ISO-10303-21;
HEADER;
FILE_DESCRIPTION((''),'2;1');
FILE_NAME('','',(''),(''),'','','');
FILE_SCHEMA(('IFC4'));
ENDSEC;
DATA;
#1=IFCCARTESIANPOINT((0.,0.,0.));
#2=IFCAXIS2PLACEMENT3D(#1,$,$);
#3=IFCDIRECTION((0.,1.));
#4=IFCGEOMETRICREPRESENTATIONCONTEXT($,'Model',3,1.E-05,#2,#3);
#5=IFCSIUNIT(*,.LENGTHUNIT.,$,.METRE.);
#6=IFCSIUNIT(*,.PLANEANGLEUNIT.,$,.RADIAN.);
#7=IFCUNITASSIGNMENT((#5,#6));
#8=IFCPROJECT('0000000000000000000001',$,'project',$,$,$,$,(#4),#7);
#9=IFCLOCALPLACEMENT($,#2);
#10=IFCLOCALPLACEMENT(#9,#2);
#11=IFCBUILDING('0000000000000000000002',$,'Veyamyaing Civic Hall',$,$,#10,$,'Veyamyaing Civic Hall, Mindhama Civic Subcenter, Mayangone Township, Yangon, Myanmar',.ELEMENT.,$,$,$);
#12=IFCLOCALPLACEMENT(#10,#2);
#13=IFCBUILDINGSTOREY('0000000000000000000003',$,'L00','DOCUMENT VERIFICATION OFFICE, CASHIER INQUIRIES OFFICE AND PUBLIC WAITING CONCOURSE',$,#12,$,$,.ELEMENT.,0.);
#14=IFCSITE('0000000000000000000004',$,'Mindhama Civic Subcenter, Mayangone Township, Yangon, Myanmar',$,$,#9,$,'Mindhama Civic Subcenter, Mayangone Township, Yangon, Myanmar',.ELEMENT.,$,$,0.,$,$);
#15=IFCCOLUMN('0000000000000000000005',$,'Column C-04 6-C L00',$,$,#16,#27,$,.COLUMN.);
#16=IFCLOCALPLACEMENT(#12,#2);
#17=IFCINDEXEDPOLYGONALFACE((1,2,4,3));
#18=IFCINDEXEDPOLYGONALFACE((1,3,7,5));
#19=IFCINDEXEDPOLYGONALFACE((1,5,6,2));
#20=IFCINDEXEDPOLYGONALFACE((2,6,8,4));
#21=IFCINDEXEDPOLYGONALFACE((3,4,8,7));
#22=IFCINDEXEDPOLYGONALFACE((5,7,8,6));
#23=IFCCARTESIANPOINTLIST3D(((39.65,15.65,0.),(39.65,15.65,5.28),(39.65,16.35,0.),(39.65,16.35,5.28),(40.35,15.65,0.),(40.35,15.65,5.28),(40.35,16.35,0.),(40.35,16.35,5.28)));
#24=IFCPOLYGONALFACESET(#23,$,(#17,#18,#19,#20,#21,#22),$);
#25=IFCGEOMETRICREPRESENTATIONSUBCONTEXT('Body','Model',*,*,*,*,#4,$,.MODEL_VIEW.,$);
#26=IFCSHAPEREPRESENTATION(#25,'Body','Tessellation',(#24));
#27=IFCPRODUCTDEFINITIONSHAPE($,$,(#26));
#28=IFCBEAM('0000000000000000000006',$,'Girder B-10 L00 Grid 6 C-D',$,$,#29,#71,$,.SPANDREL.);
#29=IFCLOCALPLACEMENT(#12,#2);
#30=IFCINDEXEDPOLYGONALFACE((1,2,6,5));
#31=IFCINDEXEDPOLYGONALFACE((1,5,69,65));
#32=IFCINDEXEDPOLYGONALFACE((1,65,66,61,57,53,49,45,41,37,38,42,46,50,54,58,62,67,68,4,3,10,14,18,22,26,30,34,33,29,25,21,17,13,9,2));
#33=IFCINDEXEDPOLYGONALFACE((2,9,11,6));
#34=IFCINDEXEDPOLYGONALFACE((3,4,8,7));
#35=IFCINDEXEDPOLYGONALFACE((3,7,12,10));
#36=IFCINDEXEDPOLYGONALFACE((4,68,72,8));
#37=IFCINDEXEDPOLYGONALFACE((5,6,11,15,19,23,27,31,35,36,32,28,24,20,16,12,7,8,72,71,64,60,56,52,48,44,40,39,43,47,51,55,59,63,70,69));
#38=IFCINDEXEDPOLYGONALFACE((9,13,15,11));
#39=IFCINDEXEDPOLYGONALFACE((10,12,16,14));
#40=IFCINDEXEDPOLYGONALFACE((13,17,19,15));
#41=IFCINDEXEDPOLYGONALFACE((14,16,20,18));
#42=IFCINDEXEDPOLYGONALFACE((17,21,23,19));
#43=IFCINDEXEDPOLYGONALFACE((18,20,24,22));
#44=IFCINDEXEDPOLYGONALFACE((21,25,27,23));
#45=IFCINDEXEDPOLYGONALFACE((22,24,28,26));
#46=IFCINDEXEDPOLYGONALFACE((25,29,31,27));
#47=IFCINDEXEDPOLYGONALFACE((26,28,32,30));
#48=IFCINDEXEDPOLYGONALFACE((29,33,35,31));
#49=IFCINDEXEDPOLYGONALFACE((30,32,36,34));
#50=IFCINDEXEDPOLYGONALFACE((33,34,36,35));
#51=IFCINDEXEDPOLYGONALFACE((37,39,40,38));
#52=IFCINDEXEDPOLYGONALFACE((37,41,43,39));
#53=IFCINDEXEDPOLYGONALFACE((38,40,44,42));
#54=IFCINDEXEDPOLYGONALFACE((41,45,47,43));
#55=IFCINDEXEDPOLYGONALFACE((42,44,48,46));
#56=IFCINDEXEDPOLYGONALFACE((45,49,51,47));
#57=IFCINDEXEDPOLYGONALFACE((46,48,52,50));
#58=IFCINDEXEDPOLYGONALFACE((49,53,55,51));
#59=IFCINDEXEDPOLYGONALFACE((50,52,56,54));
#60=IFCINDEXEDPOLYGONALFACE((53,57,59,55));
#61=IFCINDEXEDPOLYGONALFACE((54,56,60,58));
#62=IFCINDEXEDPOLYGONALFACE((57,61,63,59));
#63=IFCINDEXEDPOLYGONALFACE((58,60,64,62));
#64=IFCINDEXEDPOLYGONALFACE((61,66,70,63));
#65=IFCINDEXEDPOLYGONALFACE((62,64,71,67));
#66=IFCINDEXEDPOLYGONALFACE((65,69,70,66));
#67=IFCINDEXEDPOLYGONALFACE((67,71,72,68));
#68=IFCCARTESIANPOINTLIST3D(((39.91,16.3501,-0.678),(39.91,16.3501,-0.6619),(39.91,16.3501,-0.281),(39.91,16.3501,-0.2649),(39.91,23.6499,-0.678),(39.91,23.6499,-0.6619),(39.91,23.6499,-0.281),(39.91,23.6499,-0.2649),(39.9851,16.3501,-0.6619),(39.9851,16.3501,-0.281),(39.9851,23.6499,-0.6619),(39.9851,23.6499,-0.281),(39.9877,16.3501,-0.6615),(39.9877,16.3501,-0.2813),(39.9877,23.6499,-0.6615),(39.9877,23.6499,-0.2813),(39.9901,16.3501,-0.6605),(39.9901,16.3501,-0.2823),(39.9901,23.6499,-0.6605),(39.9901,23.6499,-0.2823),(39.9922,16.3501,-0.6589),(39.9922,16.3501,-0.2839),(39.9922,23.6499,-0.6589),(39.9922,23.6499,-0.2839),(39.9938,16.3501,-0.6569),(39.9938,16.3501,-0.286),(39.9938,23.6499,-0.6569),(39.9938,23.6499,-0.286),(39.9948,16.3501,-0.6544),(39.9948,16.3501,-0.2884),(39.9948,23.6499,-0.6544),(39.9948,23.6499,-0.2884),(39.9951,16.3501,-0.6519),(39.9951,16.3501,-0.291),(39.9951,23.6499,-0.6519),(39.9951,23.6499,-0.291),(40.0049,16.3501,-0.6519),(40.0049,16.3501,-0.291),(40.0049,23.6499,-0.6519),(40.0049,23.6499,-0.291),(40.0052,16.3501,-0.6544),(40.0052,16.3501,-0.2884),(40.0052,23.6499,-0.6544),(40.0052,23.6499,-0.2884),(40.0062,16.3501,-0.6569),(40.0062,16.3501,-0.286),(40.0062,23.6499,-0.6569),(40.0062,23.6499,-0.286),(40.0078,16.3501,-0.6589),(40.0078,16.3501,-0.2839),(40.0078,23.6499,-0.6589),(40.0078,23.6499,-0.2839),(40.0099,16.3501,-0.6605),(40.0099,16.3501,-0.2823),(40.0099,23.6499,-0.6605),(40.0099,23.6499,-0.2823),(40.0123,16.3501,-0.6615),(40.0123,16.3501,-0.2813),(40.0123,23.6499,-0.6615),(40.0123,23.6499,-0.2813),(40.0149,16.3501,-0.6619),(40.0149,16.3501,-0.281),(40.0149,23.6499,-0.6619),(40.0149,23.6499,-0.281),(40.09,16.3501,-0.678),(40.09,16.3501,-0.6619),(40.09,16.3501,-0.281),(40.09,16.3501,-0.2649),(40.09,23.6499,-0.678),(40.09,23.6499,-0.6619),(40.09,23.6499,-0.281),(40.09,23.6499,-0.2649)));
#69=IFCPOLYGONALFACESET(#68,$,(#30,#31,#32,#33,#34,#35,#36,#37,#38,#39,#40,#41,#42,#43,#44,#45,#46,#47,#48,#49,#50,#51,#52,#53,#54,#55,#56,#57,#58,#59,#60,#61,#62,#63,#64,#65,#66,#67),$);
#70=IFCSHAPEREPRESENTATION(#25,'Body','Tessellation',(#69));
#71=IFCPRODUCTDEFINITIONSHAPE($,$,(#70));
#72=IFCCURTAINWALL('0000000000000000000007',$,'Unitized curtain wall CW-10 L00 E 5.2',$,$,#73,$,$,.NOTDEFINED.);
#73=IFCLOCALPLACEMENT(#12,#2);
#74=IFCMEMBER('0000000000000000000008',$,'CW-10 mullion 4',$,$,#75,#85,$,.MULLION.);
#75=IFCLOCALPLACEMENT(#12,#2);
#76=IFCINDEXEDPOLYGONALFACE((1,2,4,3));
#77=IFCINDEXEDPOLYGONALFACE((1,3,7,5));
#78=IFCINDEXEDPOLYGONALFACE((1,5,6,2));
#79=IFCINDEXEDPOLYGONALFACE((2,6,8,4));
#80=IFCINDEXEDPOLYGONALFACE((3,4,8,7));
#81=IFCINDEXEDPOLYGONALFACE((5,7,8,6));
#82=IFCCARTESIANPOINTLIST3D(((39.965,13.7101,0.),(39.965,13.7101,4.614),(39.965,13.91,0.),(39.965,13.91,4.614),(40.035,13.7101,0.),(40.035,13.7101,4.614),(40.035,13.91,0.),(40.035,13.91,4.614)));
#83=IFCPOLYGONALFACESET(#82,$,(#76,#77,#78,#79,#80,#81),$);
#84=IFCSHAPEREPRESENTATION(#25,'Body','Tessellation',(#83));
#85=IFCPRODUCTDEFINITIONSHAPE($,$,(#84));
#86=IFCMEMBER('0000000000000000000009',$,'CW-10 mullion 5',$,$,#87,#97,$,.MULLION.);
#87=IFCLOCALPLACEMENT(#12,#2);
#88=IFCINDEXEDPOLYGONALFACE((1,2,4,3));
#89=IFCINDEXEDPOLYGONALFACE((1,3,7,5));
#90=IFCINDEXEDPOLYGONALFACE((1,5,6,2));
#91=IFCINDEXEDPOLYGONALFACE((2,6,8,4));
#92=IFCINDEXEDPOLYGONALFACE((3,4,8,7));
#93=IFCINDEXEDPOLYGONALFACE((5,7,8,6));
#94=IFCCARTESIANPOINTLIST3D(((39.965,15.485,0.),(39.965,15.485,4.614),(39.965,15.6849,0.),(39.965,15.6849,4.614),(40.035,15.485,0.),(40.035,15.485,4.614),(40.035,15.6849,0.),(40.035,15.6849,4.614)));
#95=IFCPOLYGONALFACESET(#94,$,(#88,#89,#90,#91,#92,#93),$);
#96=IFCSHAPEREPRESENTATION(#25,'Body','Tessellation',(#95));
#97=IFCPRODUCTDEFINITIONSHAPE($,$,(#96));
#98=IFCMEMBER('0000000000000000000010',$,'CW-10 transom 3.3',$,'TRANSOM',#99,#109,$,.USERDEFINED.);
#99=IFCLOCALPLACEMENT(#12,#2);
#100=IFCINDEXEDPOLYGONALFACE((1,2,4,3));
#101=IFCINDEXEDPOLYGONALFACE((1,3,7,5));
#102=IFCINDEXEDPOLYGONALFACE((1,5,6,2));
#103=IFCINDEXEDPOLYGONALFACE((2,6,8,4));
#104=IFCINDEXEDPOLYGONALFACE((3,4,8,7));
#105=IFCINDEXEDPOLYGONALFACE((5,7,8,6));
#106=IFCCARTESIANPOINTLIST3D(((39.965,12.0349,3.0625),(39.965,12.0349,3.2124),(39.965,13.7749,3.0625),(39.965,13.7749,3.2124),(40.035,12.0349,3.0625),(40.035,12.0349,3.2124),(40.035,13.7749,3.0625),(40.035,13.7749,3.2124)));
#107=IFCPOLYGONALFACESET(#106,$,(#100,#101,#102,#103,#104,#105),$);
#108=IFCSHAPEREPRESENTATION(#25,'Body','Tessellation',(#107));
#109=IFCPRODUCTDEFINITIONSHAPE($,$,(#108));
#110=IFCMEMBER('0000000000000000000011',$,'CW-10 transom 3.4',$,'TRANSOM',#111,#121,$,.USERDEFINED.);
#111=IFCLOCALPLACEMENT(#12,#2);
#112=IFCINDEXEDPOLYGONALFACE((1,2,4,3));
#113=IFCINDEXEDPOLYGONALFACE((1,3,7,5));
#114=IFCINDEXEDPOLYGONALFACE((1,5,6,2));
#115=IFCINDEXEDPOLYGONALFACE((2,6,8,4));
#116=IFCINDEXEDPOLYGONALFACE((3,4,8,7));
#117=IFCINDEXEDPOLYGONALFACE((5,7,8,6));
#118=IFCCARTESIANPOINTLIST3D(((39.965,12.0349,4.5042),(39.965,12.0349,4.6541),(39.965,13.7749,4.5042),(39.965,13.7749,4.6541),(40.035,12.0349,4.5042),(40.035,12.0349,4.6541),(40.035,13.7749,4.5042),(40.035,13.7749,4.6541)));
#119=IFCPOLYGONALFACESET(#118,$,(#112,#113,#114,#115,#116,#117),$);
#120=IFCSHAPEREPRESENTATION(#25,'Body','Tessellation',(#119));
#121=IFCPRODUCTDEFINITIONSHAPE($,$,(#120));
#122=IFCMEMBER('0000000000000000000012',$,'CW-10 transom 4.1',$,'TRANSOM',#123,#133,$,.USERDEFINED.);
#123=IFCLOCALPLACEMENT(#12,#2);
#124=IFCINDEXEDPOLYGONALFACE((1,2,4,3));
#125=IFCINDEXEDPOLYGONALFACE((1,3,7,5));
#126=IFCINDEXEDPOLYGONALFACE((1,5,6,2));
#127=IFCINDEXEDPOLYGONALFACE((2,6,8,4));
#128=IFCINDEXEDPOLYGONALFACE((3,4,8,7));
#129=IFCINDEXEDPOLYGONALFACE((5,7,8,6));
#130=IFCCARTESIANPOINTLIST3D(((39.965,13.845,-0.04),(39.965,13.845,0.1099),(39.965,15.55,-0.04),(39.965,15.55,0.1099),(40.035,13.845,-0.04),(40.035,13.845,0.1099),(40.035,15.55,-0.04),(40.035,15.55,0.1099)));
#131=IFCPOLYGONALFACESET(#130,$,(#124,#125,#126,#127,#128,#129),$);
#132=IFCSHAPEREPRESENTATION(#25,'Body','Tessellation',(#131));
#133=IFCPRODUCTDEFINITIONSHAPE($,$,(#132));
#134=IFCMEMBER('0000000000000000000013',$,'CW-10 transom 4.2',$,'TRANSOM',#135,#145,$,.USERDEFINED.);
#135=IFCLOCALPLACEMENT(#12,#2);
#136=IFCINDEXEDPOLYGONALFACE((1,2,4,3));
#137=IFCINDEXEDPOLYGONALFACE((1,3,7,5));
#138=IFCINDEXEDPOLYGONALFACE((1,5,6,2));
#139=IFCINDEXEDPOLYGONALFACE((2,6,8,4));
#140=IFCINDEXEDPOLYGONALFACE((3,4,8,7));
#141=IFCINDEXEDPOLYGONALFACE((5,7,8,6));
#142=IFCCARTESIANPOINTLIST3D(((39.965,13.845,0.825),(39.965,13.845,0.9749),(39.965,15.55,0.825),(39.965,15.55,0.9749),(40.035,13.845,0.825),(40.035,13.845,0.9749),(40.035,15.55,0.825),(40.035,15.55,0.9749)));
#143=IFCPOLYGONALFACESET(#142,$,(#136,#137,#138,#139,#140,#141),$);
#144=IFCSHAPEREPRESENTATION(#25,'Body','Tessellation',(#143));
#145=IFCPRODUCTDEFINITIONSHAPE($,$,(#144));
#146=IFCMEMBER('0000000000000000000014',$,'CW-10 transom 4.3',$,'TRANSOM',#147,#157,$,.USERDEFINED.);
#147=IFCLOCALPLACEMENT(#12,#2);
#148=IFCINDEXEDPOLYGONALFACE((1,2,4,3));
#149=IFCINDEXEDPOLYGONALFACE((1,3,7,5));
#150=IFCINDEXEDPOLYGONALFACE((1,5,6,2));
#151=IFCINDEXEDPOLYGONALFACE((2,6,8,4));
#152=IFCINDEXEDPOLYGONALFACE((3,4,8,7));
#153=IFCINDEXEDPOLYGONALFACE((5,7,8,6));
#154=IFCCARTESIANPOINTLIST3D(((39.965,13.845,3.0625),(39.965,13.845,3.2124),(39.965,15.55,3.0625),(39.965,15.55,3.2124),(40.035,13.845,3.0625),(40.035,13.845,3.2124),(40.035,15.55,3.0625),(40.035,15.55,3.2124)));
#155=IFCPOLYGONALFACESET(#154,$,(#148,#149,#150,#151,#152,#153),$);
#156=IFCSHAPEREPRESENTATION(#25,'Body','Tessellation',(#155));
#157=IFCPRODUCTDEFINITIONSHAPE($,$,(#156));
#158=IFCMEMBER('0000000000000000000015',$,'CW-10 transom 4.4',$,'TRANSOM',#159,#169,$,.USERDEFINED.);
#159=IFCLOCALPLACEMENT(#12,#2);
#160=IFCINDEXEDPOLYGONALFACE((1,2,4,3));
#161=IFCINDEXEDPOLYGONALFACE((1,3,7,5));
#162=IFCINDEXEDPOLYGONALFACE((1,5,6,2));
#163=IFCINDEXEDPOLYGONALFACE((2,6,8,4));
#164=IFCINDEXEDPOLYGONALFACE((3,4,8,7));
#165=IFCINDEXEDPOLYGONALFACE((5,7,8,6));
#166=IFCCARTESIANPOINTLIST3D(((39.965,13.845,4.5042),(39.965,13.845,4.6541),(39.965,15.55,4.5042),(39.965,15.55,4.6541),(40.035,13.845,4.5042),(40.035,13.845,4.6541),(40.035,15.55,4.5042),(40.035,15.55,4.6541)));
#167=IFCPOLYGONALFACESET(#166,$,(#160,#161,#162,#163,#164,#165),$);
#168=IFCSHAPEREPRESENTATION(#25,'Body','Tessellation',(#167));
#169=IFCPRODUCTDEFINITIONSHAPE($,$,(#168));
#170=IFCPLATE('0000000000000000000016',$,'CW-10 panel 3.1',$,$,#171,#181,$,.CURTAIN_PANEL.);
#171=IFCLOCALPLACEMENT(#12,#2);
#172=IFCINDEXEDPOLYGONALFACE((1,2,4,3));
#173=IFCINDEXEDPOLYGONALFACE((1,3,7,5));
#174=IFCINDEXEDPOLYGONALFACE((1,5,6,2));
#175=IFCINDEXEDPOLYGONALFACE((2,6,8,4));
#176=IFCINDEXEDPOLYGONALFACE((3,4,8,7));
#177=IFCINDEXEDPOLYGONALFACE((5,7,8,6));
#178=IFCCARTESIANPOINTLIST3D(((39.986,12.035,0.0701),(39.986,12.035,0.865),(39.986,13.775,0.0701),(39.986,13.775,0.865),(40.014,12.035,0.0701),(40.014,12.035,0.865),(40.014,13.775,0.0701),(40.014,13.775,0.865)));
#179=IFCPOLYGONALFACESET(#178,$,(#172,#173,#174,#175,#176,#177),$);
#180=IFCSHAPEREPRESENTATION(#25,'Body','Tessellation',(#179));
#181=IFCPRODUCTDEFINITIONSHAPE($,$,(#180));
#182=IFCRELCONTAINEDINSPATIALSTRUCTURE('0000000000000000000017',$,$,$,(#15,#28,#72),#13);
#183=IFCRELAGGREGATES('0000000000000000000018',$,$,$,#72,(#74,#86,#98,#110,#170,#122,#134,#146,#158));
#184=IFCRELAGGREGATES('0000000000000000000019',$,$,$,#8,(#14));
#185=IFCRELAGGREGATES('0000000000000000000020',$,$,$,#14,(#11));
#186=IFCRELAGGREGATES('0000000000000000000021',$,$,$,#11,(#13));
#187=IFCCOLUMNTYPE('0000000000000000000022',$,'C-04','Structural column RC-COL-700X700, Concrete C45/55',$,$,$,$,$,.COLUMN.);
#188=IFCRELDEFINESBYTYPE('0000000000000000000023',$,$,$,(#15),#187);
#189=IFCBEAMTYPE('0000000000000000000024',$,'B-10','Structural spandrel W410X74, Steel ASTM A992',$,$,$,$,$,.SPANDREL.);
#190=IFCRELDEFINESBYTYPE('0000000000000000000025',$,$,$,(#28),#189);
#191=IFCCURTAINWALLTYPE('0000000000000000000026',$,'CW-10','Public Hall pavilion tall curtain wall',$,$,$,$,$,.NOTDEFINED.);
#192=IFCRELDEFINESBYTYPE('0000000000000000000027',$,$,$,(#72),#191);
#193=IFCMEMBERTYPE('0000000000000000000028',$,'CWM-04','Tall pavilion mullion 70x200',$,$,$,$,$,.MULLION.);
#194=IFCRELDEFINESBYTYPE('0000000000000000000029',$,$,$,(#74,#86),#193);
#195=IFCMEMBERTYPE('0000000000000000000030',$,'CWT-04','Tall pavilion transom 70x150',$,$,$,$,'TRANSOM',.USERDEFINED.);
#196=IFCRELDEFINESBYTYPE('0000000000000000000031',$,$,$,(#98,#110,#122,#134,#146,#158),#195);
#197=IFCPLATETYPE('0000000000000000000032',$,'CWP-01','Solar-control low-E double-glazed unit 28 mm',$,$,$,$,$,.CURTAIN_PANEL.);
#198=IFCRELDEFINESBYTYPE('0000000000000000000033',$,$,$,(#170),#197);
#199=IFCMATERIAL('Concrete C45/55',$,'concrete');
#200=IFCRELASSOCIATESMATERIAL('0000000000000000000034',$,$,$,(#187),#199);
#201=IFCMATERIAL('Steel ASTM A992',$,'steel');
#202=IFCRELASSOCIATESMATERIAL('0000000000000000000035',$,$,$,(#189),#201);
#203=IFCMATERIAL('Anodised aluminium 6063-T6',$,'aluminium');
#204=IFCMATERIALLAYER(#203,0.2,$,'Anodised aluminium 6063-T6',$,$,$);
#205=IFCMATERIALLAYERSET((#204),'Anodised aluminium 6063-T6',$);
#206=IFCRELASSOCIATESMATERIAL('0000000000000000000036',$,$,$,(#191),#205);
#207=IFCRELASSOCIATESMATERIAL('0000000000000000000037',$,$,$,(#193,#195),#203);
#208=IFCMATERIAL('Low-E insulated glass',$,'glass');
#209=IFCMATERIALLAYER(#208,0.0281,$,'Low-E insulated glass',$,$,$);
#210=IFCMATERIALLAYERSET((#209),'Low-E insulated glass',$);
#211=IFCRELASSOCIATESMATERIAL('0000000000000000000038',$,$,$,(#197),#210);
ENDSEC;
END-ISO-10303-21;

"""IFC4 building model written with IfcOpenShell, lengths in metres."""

from ifc_helpers import new_model, si_unit, direction, frame, origin, origin_2d, place, context, subcontext, project, spatial, rectangle, i_section, extrude, material, layer, layer_set, material_profile, profile_set, type_object, element, aggregate, save


model = new_model("IFC4")

# Units and contexts
model_context = context("Model", 3, precision=1e-05, world=origin(), true_north=direction((0.0, 1.0)))
body_context = subcontext(model_context, "Body", "Model", "MODEL_VIEW")
ifc_project = project(units=[si_unit("LENGTHUNIT", "METRE"), si_unit("PLANEANGLEUNIT", "RADIAN")], contexts=[model_context])

# Site, building, storey
site_placement = place(None, origin())
site = spatial("IfcSite", under=ifc_project, at=site_placement, Name="Mindhama Civic Subcenter, Mayangone Township, Yangon, Myanmar", LongName="Mindhama Civic Subcenter, Mayangone Township, Yangon, Myanmar", CompositionType="ELEMENT", RefElevation=0.0)
building_placement = place(site_placement, origin())
building = spatial("IfcBuilding", under=site, at=building_placement, Name="Veyamyaing Civic Hall", LongName="Veyamyaing Civic Hall, Mindhama Civic Subcenter, Mayangone Township, Yangon, Myanmar", CompositionType="ELEMENT")
storey_placement = place(building_placement, origin())
storey = spatial("IfcBuildingStorey", under=building, at=storey_placement, Name="L00", Description="DOCUMENT VERIFICATION OFFICE, CASHIER INQUIRIES OFFICE AND PUBLIC WAITING CONCOURSE", CompositionType="ELEMENT", Elevation=0.0)

# Column
ifc_material_1 = material(Name="Concrete C45/55", Category="concrete")
ifc_material_profile_1 = material_profile(ifc_material_1, rectangle(XDim=0.7, YDim=0.7, at=origin_2d()), Name="RC-COL-700X700")
ifc_profile_set_1 = profile_set([ifc_material_profile_1], Name="Concrete C45/55")
column_type = type_object("IfcColumnType", Name="C-04", Description="Structural column RC-COL-700X700, Concrete C45/55", PredefinedType="COLUMN", material=ifc_profile_set_1)
column_placement = place(storey_placement, frame((40.0, 16.0, 0.0), z_axis=(0.0, 0.0, 1.0), x_axis=(1.0, 0.0, 0.0)))
element("IfcColumn", 1, at=column_placement, inside=storey, type_object=column_type, Name="Column C-04 6-C L00", PredefinedType="COLUMN", context=body_context, shape_type="SweptSolid", body=[
    extrude(rectangle(XDim=0.7, YDim=0.7, at=origin_2d()), origin(), (0.0, 0.0, 1.0), 5.28),
])

# Beam
ifc_material_2 = material(Name="Steel ASTM A992", Category="steel")
ifc_material_profile_2 = material_profile(ifc_material_2, i_section(OverallWidth=0.1799, OverallDepth=0.4131, WebThickness=0.0098, FlangeThickness=0.0161, FilletRadius=0.01, at=origin_2d()), Name="W410X74")
ifc_profile_set_2 = profile_set([ifc_material_profile_2], Name="Steel ASTM A992")
beam_type = type_object("IfcBeamType", Name="B-10", Description="Structural spandrel W410X74, Steel ASTM A992", PredefinedType="SPANDREL", material=ifc_profile_set_2)
beam_placement = place(storey_placement, frame((40.0, 16.3501, -0.4714), z_axis=(0.0, 1.0, 0.0), x_axis=(-1.0, 0.0, 0.0)))
element("IfcBeam", 2, at=beam_placement, inside=storey, type_object=beam_type, Name="Girder B-10 L00 Grid 6 C-D", PredefinedType="SPANDREL", context=body_context, shape_type="SweptSolid", body=[
    extrude(i_section(OverallWidth=0.1799, OverallDepth=0.4131, WebThickness=0.0098, FlangeThickness=0.0161, FilletRadius=0.01, at=origin_2d()), origin(), (0.0, 0.0, 1.0), 7.2998),
])

# Curtain wall, members, plate
ifc_material_3 = material(Name="Anodised aluminium 6063-T6", Category="aluminium")
ifc_layer_1 = layer(ifc_material_3, 0.2, Name="Anodised aluminium 6063-T6")
ifc_layer_set_1 = layer_set([ifc_layer_1], Name="Anodised aluminium 6063-T6")
curtain_wall_type = type_object("IfcCurtainWallType", Name="CW-10", Description="Public Hall pavilion tall curtain wall", PredefinedType="NOTDEFINED", material=ifc_layer_set_1)
curtain_wall_placement = place(storey_placement, origin())
curtain_wall = element("IfcCurtainWall", 3, at=curtain_wall_placement, inside=storey, type_object=curtain_wall_type, Name="Unitized curtain wall CW-10 L00 E 5.2", PredefinedType="NOTDEFINED")
ifc_material_profile_3 = material_profile(ifc_material_3, rectangle(XDim=0.0701, YDim=0.2, at=origin_2d()), Name="ALU-MUL-70X200")
ifc_profile_set_3 = profile_set([ifc_material_profile_3], Name="Anodised aluminium 6063-T6")
member_type_1 = type_object("IfcMemberType", Name="CWM-04", Description="Tall pavilion mullion 70x200", PredefinedType="MULLION", material=ifc_profile_set_3)
member_1_placement = place(storey_placement, frame((40.0, 13.8101, 0.0), z_axis=(0.0, 0.0, 1.0), x_axis=(-1.0, 0.0, 0.0)))
member_1 = element("IfcMember", 4, at=member_1_placement, type_object=member_type_1, Name="CW-10 mullion 4", PredefinedType="MULLION", context=body_context, shape_type="SweptSolid", body=[
    extrude(rectangle(XDim=0.0701, YDim=0.2, at=origin_2d()), origin(), (0.0, 0.0, 1.0), 4.614),
])
member_2_placement = place(storey_placement, frame((40.0, 15.585, 0.0), z_axis=(0.0, 0.0, 1.0), x_axis=(-1.0, 0.0, 0.0)))
member_2 = element("IfcMember", 5, at=member_2_placement, type_object=member_type_1, Name="CW-10 mullion 5", PredefinedType="MULLION", context=body_context, shape_type="SweptSolid", body=[
    extrude(rectangle(XDim=0.0701, YDim=0.2, at=origin_2d()), origin(), (0.0, 0.0, 1.0), 4.614),
])
ifc_material_profile_4 = material_profile(ifc_material_3, rectangle(XDim=0.0701, YDim=0.1499, at=origin_2d()), Name="ALU-TRN-70X150")
ifc_profile_set_4 = profile_set([ifc_material_profile_4], Name="Anodised aluminium 6063-T6")
member_type_2 = type_object("IfcMemberType", Name="CWT-04", Description="Tall pavilion transom 70x150", ElementType="TRANSOM", PredefinedType="USERDEFINED", material=ifc_profile_set_4)
member_3_placement = place(storey_placement, frame((40.0, 12.0349, 3.1375), z_axis=(0.0, 1.0, 0.0), x_axis=(-1.0, 0.0, 0.0)))
member_3 = element("IfcMember", 6, at=member_3_placement, type_object=member_type_2, Name="CW-10 transom 3.3", ObjectType="TRANSOM", PredefinedType="USERDEFINED", context=body_context, shape_type="SweptSolid", body=[
    extrude(rectangle(XDim=0.0701, YDim=0.1499, at=origin_2d()), origin(), (0.0, 0.0, 1.0), 1.74),
])
member_4_placement = place(storey_placement, frame((40.0, 12.0349, 4.5791), z_axis=(0.0, 1.0, 0.0), x_axis=(-1.0, 0.0, 0.0)))
member_4 = element("IfcMember", 7, at=member_4_placement, type_object=member_type_2, Name="CW-10 transom 3.4", ObjectType="TRANSOM", PredefinedType="USERDEFINED", context=body_context, shape_type="SweptSolid", body=[
    extrude(rectangle(XDim=0.0701, YDim=0.1499, at=origin_2d()), origin(), (0.0, 0.0, 1.0), 1.74),
])
member_5_placement = place(storey_placement, frame((40.0, 13.845, 0.0349), z_axis=(0.0, 1.0, 0.0), x_axis=(-1.0, 0.0, 0.0)))
member_5 = element("IfcMember", 8, at=member_5_placement, type_object=member_type_2, Name="CW-10 transom 4.1", ObjectType="TRANSOM", PredefinedType="USERDEFINED", context=body_context, shape_type="SweptSolid", body=[
    extrude(rectangle(XDim=0.0701, YDim=0.1499, at=origin_2d()), origin(), (0.0, 0.0, 1.0), 1.7051),
])
member_6_placement = place(storey_placement, frame((40.0, 13.845, 0.8999), z_axis=(0.0, 1.0, 0.0), x_axis=(-1.0, 0.0, 0.0)))
member_6 = element("IfcMember", 9, at=member_6_placement, type_object=member_type_2, Name="CW-10 transom 4.2", ObjectType="TRANSOM", PredefinedType="USERDEFINED", context=body_context, shape_type="SweptSolid", body=[
    extrude(rectangle(XDim=0.0701, YDim=0.1499, at=origin_2d()), origin(), (0.0, 0.0, 1.0), 1.7051),
])
member_7_placement = place(storey_placement, frame((40.0, 13.845, 3.1375), z_axis=(0.0, 1.0, 0.0), x_axis=(-1.0, 0.0, 0.0)))
member_7 = element("IfcMember", 10, at=member_7_placement, type_object=member_type_2, Name="CW-10 transom 4.3", ObjectType="TRANSOM", PredefinedType="USERDEFINED", context=body_context, shape_type="SweptSolid", body=[
    extrude(rectangle(XDim=0.0701, YDim=0.1499, at=origin_2d()), origin(), (0.0, 0.0, 1.0), 1.7051),
])
member_8_placement = place(storey_placement, frame((40.0, 13.845, 4.5791), z_axis=(0.0, 1.0, 0.0), x_axis=(-1.0, 0.0, 0.0)))
member_8 = element("IfcMember", 11, at=member_8_placement, type_object=member_type_2, Name="CW-10 transom 4.4", ObjectType="TRANSOM", PredefinedType="USERDEFINED", context=body_context, shape_type="SweptSolid", body=[
    extrude(rectangle(XDim=0.0701, YDim=0.1499, at=origin_2d()), origin(), (0.0, 0.0, 1.0), 1.7051),
])
ifc_material_4 = material(Name="Low-E insulated glass", Category="glass")
ifc_layer_2 = layer(ifc_material_4, 0.0281, Name="Low-E insulated glass")
ifc_layer_set_2 = layer_set([ifc_layer_2], Name="Low-E insulated glass")
plate_type = type_object("IfcPlateType", Name="CWP-01", Description="Solar-control low-E double-glazed unit 28 mm", PredefinedType="CURTAIN_PANEL", material=ifc_layer_set_2)
plate_1_placement = place(storey_placement, frame((40.0, 12.905, 0.0701), z_axis=(0.0, 0.0, 1.0), x_axis=(0.0, 1.0, 0.0)))
plate_1 = element("IfcPlate", 12, at=plate_1_placement, type_object=plate_type, Name="CW-10 panel 3.1", PredefinedType="CURTAIN_PANEL", context=body_context, shape_type="SweptSolid", body=[
    extrude(rectangle(XDim=1.74, YDim=0.0281, at=origin_2d()), origin(), (0.0, 0.0, 1.0), 0.7949),
])
aggregate(curtain_wall, [member_1, member_2, member_3, member_4, plate_1, member_5, member_6, member_7, member_8])

save(model, "model.ifc")
